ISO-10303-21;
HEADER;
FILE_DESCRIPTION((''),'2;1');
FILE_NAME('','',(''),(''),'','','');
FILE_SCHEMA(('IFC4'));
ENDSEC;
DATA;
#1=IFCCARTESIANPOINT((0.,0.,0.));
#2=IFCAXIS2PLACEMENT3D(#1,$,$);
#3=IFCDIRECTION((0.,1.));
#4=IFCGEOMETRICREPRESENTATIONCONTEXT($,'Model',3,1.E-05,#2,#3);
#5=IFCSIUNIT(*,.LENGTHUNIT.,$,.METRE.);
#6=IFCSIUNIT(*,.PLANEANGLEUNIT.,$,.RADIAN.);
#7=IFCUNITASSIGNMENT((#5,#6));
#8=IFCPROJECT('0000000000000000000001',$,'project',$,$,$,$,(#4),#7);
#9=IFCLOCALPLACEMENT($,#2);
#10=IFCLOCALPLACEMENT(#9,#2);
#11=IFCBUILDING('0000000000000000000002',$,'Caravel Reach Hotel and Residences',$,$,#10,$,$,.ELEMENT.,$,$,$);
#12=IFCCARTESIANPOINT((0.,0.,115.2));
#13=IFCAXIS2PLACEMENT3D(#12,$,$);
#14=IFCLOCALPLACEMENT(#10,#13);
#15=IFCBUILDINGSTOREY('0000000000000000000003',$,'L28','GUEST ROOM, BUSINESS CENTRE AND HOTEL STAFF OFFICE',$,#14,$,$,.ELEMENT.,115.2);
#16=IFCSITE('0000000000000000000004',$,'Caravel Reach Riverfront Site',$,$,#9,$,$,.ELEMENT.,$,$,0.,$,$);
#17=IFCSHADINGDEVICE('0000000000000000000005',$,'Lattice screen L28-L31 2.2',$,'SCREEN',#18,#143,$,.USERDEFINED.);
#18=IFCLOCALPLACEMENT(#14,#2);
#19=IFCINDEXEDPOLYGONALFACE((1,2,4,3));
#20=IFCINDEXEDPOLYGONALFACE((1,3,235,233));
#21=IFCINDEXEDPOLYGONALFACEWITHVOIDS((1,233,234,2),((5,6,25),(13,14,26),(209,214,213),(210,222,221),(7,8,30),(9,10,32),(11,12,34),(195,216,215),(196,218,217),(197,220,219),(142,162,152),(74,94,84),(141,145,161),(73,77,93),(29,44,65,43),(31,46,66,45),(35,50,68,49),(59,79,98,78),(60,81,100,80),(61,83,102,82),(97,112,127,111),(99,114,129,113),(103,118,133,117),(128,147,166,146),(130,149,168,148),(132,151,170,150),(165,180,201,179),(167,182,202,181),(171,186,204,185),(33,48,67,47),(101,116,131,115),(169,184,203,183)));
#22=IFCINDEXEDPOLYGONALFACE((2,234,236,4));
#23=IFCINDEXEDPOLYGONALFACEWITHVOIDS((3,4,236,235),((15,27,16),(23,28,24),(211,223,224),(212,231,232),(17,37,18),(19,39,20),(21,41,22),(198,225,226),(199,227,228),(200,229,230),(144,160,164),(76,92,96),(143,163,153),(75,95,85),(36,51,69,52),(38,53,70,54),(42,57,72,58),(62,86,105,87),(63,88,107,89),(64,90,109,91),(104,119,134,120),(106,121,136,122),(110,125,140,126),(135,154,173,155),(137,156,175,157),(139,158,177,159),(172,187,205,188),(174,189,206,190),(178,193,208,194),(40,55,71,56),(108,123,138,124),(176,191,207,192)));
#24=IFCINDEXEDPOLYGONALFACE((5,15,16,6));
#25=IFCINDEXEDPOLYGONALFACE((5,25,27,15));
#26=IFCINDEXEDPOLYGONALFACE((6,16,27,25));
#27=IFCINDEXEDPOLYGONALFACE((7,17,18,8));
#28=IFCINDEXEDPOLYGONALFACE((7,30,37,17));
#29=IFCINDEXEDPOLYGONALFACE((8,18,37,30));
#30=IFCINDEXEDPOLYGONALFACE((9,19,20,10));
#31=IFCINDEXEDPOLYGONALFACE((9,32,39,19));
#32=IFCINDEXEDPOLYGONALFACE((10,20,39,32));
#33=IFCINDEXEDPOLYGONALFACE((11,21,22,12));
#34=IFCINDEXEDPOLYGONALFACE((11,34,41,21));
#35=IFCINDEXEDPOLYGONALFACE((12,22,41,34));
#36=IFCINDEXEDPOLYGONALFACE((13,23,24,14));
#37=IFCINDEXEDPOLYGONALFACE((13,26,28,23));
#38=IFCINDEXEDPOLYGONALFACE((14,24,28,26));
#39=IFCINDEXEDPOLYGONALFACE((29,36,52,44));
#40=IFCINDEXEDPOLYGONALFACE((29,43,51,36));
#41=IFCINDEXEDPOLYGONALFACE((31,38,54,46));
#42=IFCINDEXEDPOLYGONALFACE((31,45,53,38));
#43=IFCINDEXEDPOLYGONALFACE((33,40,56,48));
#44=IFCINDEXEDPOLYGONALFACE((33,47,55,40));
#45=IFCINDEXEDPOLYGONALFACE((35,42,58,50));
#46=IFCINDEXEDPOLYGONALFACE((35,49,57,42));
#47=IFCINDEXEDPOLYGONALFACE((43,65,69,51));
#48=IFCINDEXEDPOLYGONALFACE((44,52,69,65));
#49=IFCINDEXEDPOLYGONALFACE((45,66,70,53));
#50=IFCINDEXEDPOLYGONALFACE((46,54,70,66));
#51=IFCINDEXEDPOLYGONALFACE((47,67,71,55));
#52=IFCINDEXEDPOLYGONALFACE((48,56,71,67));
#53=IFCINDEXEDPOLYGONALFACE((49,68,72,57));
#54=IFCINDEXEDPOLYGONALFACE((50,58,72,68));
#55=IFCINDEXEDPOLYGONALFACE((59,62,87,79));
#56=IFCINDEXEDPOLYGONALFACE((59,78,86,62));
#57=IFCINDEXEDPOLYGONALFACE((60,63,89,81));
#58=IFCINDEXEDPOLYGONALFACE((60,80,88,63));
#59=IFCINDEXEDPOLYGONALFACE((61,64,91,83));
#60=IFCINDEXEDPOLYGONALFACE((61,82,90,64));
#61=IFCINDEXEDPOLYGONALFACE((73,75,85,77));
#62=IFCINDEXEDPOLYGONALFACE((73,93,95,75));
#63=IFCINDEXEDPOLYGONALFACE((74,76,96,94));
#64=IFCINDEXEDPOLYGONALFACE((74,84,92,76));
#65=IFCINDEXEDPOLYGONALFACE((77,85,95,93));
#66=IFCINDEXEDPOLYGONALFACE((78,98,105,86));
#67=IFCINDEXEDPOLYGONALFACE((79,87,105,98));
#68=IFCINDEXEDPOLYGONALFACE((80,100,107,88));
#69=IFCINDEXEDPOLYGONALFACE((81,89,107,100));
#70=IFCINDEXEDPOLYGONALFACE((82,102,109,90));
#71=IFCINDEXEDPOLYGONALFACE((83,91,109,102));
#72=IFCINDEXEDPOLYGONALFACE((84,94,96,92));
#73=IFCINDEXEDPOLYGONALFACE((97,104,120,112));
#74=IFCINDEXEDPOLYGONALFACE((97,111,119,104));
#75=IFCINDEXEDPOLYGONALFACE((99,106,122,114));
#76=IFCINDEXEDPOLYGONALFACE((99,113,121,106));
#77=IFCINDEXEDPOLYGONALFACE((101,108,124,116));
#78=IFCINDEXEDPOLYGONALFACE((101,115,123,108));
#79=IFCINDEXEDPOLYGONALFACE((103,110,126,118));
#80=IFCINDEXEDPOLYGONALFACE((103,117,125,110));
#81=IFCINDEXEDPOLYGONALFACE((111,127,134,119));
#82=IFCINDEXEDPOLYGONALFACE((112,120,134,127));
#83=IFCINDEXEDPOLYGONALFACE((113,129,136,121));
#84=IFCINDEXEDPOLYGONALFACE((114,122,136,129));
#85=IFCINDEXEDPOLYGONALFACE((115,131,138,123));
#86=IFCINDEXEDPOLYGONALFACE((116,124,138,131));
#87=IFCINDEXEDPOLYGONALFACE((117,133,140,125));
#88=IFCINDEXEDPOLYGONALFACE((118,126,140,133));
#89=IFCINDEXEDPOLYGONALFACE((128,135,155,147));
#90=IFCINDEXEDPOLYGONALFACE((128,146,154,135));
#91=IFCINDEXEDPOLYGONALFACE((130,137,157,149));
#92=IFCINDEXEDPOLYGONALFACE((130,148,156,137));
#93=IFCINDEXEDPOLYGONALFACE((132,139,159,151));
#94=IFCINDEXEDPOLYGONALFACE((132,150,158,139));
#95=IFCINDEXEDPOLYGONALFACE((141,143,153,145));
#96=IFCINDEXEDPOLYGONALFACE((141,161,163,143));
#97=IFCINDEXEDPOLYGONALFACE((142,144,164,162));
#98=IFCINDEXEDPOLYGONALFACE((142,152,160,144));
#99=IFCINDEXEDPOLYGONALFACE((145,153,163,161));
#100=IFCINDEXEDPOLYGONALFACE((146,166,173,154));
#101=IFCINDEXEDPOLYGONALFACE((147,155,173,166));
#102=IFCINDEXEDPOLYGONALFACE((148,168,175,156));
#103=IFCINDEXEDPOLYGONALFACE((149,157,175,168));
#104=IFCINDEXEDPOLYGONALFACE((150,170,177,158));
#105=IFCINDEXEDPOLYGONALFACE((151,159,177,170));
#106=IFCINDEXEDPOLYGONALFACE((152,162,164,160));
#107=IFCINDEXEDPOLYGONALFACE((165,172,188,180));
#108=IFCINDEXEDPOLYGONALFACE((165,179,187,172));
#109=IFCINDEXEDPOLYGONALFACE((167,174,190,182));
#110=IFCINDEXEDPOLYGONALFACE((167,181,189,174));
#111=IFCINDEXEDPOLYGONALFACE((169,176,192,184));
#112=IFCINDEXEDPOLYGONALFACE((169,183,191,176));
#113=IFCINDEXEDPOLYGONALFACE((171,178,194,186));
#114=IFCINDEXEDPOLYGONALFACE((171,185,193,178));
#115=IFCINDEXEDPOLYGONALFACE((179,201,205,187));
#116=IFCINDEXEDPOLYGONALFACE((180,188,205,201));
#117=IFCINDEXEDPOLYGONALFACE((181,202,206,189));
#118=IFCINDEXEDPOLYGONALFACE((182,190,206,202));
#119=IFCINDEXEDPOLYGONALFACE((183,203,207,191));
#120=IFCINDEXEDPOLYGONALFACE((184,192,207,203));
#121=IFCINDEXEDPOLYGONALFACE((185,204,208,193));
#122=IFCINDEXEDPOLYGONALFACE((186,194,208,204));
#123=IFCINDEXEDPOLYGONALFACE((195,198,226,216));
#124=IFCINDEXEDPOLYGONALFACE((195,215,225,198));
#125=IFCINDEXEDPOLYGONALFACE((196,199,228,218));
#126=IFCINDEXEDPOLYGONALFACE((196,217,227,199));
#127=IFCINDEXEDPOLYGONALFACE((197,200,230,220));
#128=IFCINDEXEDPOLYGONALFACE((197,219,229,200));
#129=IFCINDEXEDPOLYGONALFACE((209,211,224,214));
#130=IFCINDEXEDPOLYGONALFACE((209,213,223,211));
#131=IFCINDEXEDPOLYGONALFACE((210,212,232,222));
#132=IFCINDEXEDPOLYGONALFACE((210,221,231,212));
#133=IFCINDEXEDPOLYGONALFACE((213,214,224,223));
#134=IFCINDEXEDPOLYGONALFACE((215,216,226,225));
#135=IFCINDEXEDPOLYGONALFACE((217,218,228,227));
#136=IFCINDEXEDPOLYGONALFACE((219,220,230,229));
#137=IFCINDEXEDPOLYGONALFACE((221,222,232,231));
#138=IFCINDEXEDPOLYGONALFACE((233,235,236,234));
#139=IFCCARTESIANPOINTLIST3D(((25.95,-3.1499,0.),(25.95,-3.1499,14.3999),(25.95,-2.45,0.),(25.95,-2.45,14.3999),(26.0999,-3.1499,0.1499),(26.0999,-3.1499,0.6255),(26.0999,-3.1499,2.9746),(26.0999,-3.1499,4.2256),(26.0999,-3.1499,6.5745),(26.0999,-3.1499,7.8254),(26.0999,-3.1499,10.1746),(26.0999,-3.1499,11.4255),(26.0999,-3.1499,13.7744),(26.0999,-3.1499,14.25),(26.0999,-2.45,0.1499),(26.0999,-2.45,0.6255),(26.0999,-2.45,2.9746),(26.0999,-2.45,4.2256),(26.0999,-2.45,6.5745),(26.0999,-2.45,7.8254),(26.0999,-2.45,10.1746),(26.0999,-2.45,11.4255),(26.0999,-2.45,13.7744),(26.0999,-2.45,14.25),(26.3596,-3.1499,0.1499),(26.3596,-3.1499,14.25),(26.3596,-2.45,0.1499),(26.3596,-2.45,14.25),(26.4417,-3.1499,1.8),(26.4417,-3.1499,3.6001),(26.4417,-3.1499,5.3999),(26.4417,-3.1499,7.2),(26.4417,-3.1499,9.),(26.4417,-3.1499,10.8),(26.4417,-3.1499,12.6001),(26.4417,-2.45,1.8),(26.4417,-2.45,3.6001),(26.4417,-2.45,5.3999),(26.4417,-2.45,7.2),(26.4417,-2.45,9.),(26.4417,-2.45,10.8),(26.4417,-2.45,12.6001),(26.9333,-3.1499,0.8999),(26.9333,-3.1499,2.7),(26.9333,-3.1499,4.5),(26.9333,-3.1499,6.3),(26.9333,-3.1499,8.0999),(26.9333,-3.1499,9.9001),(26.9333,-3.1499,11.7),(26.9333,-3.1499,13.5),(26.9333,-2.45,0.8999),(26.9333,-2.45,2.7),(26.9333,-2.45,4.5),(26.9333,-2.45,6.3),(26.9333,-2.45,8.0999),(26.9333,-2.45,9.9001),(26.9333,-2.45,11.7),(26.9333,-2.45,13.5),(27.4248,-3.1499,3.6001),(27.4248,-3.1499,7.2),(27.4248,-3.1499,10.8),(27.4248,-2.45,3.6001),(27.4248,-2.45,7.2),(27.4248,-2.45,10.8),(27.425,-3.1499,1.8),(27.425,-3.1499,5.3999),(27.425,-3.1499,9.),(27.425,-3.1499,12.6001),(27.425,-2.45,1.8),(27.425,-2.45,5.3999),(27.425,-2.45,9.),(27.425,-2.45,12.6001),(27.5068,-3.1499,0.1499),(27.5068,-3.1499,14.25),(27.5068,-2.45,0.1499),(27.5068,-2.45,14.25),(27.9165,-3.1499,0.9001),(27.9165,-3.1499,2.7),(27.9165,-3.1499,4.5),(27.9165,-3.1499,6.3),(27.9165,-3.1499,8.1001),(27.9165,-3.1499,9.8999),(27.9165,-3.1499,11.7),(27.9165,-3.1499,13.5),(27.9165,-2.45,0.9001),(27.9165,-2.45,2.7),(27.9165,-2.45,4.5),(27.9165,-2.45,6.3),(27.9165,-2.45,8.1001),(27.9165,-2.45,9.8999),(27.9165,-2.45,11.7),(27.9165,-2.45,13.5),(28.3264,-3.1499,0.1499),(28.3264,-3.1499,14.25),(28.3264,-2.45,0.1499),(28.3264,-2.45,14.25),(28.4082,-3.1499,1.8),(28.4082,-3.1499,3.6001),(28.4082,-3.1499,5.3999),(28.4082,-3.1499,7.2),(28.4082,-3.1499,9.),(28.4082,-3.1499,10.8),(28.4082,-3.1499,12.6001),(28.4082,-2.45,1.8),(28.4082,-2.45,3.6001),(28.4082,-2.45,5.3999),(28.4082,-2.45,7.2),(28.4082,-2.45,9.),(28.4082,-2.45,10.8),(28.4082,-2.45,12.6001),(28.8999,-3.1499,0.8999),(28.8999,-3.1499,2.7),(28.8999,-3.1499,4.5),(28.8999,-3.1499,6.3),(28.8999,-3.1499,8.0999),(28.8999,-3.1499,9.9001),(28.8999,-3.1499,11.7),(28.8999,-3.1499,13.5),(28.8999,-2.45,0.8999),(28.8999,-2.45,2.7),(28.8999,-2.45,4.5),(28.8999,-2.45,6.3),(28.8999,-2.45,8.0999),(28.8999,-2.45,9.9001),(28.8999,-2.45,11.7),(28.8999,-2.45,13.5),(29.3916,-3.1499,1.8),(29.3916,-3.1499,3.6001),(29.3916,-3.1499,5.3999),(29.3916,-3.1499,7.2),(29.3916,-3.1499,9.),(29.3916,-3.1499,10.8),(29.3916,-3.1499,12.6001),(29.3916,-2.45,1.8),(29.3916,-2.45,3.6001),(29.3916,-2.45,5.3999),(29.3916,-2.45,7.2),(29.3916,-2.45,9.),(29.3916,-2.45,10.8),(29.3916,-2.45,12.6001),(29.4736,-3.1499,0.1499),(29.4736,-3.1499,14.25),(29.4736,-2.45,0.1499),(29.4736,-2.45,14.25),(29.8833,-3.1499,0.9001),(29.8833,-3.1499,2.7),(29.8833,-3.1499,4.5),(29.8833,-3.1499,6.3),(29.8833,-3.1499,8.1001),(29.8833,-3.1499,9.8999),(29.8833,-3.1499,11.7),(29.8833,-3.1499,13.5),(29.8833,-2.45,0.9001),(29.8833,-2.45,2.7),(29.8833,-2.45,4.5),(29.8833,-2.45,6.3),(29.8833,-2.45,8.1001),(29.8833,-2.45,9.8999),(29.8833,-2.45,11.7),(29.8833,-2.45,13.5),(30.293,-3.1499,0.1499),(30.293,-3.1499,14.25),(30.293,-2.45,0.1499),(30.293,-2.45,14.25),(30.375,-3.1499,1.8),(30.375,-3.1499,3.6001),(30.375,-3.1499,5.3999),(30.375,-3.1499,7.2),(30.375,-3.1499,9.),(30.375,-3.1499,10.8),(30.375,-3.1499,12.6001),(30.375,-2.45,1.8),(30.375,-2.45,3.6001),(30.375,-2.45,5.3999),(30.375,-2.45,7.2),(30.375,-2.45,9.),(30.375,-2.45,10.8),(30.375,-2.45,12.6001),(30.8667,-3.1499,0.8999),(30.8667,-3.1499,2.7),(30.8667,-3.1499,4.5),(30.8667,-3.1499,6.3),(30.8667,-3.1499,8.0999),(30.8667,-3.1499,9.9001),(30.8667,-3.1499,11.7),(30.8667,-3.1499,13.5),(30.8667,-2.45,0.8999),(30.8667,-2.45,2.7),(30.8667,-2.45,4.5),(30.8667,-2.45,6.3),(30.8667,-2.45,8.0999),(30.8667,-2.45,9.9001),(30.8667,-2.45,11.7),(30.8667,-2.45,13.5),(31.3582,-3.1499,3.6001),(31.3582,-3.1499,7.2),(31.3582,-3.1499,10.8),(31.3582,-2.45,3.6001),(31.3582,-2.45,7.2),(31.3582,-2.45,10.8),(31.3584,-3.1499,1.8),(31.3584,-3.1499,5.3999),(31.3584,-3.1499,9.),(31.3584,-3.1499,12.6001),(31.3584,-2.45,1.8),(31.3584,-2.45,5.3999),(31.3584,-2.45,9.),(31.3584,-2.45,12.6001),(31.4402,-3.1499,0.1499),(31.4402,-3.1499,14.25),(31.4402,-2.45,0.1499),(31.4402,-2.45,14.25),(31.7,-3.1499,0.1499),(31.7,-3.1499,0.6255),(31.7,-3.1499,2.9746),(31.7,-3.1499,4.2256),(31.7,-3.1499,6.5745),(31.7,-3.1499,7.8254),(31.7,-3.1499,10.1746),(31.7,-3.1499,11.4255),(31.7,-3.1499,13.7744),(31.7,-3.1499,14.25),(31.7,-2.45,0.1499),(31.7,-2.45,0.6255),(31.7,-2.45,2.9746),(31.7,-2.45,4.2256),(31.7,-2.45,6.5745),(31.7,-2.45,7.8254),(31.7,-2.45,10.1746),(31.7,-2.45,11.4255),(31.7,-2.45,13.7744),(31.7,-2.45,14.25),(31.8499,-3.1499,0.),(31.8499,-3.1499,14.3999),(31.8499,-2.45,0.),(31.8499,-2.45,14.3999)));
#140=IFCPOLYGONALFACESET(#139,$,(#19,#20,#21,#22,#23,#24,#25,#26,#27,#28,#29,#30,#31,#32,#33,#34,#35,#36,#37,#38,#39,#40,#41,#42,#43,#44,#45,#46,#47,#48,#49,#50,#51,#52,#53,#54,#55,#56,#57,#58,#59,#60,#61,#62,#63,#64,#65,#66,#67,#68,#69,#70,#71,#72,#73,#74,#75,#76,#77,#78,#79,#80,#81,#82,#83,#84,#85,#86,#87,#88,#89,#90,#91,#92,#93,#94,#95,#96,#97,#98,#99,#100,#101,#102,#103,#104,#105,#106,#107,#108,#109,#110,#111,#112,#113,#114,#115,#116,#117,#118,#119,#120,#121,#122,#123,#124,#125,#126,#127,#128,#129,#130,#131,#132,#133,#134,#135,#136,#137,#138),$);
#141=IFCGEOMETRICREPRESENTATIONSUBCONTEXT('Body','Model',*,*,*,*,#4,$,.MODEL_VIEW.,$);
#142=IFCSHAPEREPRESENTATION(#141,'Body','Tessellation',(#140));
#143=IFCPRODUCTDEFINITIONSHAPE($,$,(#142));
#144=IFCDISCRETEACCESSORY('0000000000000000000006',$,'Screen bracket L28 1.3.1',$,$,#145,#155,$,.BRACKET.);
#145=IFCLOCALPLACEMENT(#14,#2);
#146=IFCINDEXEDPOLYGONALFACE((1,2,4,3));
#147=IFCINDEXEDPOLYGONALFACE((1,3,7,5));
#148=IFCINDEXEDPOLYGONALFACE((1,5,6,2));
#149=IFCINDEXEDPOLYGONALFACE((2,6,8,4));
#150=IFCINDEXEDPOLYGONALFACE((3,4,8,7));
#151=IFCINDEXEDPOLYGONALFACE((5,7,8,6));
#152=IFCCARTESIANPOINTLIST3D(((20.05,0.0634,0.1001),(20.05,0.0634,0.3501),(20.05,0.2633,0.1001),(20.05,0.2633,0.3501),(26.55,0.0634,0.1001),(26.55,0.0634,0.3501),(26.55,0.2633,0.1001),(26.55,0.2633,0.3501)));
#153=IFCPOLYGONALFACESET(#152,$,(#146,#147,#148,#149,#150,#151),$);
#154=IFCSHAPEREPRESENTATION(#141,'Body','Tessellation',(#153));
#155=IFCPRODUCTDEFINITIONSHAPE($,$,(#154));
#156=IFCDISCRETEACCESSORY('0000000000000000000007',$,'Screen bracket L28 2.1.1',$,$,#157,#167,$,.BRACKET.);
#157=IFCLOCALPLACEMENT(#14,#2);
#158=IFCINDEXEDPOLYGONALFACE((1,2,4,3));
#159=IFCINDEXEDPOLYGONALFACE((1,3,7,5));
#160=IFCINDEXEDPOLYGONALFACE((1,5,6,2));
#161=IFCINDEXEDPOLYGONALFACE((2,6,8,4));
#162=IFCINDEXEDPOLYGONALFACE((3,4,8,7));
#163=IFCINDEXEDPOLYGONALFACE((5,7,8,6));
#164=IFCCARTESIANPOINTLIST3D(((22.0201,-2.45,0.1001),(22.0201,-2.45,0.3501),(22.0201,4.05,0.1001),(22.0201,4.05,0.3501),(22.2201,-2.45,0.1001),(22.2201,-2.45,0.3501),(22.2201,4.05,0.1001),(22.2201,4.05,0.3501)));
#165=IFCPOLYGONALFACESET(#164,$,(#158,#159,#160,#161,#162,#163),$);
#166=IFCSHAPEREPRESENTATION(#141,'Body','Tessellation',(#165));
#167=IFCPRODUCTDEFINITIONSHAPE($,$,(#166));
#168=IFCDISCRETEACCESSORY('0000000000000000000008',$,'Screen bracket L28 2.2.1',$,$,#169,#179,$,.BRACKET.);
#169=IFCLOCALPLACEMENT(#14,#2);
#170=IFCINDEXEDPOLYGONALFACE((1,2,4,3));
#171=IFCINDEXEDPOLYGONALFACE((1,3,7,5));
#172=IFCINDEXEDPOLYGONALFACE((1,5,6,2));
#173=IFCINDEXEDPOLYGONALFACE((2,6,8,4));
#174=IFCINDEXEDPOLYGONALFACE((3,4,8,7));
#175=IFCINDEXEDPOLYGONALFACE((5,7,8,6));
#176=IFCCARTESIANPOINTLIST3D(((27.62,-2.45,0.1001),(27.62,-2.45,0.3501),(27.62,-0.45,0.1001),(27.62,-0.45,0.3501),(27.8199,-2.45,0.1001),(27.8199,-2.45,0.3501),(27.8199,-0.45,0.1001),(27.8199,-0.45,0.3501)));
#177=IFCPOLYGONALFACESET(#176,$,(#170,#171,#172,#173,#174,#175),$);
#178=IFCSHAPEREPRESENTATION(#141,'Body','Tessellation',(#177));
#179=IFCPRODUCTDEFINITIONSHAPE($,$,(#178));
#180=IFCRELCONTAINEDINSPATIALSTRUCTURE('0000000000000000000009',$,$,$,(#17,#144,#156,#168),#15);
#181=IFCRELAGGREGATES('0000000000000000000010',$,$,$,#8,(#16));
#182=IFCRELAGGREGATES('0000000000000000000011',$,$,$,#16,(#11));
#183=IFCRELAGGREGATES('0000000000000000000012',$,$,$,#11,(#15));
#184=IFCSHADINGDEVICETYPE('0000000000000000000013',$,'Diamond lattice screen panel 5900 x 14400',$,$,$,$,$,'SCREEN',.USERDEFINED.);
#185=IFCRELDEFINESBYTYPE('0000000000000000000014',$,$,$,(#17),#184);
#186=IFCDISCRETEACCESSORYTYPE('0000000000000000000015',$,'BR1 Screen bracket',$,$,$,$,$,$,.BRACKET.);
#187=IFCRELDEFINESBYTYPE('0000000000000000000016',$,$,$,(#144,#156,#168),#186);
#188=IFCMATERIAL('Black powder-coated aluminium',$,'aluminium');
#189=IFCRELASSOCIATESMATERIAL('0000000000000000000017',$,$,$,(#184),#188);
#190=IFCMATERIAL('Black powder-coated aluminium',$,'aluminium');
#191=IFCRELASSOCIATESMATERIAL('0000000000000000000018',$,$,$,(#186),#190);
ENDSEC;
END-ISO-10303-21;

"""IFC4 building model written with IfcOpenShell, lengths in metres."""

from ifc_helpers import new_model, si_unit, direction, frame, origin, origin_2d, place, context, subcontext, project, spatial, polyline, rectangle, outline, extrude, material, type_object, element, save


model = new_model("IFC4")

# Units and contexts
model_context = context("Model", 3, precision=1e-05, world=origin(), true_north=direction((0.0, 1.0)))
body_context = subcontext(model_context, "Body", "Model", "MODEL_VIEW")
ifc_project = project(units=[si_unit("LENGTHUNIT", "METRE"), si_unit("PLANEANGLEUNIT", "RADIAN")], contexts=[model_context])

# Site, building, storey
site_placement = place(None, origin())
site = spatial("IfcSite", under=ifc_project, at=site_placement, Name="Caravel Reach Riverfront Site", CompositionType="ELEMENT", RefElevation=0.0)
building_placement = place(site_placement, origin())
building = spatial("IfcBuilding", under=site, at=building_placement, Name="Caravel Reach Hotel and Residences", CompositionType="ELEMENT")
storey_placement = place(building_placement, frame((0.0, 0.0, 115.2)))
storey = spatial("IfcBuildingStorey", under=building, at=storey_placement, Name="L28", Description="GUEST ROOM, BUSINESS CENTRE AND HOTEL STAFF OFFICE", CompositionType="ELEMENT", Elevation=115.2)

# Shading device
ifc_material_1 = material(Name="Black powder-coated aluminium", Category="aluminium")
shading_device_type_1 = type_object("IfcShadingDeviceType", Name="Diamond lattice screen panel 5900 x 14400", ElementType="SCREEN", PredefinedType="USERDEFINED", material=ifc_material_1)
shading_device_1_placement = place(storey_placement, frame((25.95, -2.45, 0.0), z_axis=(0.0, -1.0, 0.0), x_axis=(1.0, 0.0, 0.0)))
element("IfcShadingDevice", 1, at=shading_device_1_placement, inside=storey, type_object=shading_device_type_1, Name="Lattice screen L28-L31 2.2", ObjectType="SCREEN", PredefinedType="USERDEFINED", context=body_context, shape_type="SweptSolid", body=[
    extrude(outline(polyline([(0.0, 0.0), (5.8999, 0.0), (5.8999, 14.3999), (0.0, 14.3999), (0.0, 0.0)]), holes=[polyline([(0.4097, 0.1499), (0.1499, 0.6255), (0.1499, 0.1499), (0.4097, 0.1499)]), polyline([(0.4917, 3.6001), (0.1499, 4.2256), (0.1499, 2.9746), (0.4917, 3.6001)]), polyline([(0.4917, 7.2), (0.1499, 7.8254), (0.1499, 6.5745), (0.4917, 7.2)]), polyline([(0.4917, 10.8), (0.1499, 11.4255), (0.1499, 10.1746), (0.4917, 10.8)]), polyline([(0.1499, 13.7744), (0.4097, 14.25), (0.1499, 14.25), (0.1499, 13.7744)]), polyline([(0.9834, 2.7), (0.4917, 1.8), (0.9834, 0.8999), (1.4751, 1.8), (0.9834, 2.7)]), polyline([(0.9834, 6.3), (0.4917, 5.3999), (0.9834, 4.5), (1.4751, 5.3999), (0.9834, 6.3)]), polyline([(0.9834, 9.9001), (0.4917, 9.0), (0.9834, 8.0999), (1.4751, 9.0), (0.9834, 9.9001)]), polyline([(0.9834, 13.5), (0.4917, 12.6001), (0.9834, 11.7), (1.4751, 12.6001), (0.9834, 13.5)]), polyline([(1.9666, 0.9001), (1.5569, 0.1499), (2.3765, 0.1499), (1.9666, 0.9001)]), polyline([(1.9666, 4.5), (1.4749, 3.6001), (1.9666, 2.7), (2.4583, 3.6001), (1.9666, 4.5)]), polyline([(1.9666, 8.1001), (1.4749, 7.2), (1.9666, 6.3), (2.4583, 7.2), (1.9666, 8.1001)]), polyline([(1.9666, 11.7), (1.4749, 10.8), (1.9666, 9.8999), (2.4583, 10.8), (1.9666, 11.7)]), polyline([(1.9666, 13.5), (2.3765, 14.25), (1.5569, 14.25), (1.9666, 13.5)]), polyline([(2.95, 2.7), (2.4583, 1.8), (2.95, 0.8999), (3.4417, 1.8), (2.95, 2.7)]), polyline([(2.95, 6.3), (2.4583, 5.3999), (2.95, 4.5), (3.4417, 5.3999), (2.95, 6.3)]), polyline([(2.95, 9.9001), (2.4583, 9.0), (2.95, 8.0999), (3.4417, 9.0), (2.95, 9.9001)]), polyline([(2.95, 13.5), (2.4583, 12.6001), (2.95, 11.7), (3.4417, 12.6001), (2.95, 13.5)]), polyline([(3.9333, 0.9001), (3.5237, 0.1499), (4.343, 0.1499), (3.9333, 0.9001)]), polyline([(3.9333, 4.5), (3.4417, 3.6001), (3.9333, 2.7), (4.425, 3.6001), (3.9333, 4.5)]), polyline([(3.9333, 8.1001), (3.4417, 7.2), (3.9333, 6.3), (4.425, 7.2), (3.9333, 8.1001)]), polyline([(3.9333, 11.7), (3.4417, 10.8), (3.9333, 9.8999), (4.425, 10.8), (3.9333, 11.7)]), polyline([(3.9333, 13.5), (4.343, 14.25), (3.5237, 14.25), (3.9333, 13.5)]), polyline([(4.9167, 2.7), (4.425, 1.8), (4.9167, 0.8999), (5.4084, 1.8), (4.9167, 2.7)]), polyline([(4.9167, 6.3), (4.425, 5.3999), (4.9167, 4.5), (5.4084, 5.3999), (4.9167, 6.3)]), polyline([(4.9167, 9.9001), (4.425, 9.0), (4.9167, 8.0999), (5.4084, 9.0), (4.9167, 9.9001)]), polyline([(4.9167, 13.5), (4.425, 12.6001), (4.9167, 11.7), (5.4084, 12.6001), (4.9167, 13.5)]), polyline([(5.75, 0.6255), (5.4902, 0.1499), (5.75, 0.1499), (5.75, 0.6255)]), polyline([(5.4082, 3.6001), (5.75, 2.9746), (5.75, 4.2256), (5.4082, 3.6001)]), polyline([(5.4082, 7.2), (5.75, 6.5745), (5.75, 7.8254), (5.4082, 7.2)]), polyline([(5.4082, 10.8), (5.75, 10.1746), (5.75, 11.4255), (5.4082, 10.8)]), polyline([(5.4902, 14.25), (5.75, 13.7744), (5.75, 14.25), (5.4902, 14.25)])]), origin(), (0.0, 0.0, 1.0), 0.7),
])

# Discrete accessories
ifc_material_2 = material(Name="Black powder-coated aluminium", Category="aluminium")
discrete_accessory_type = type_object("IfcDiscreteAccessoryType", Name="BR1 Screen bracket", PredefinedType="BRACKET", material=ifc_material_2)
for number, where, z_axis, x_axis, name in (
    (2, (23.3, 0.1633, 0.1001), (0.0, 0.0, 1.0), (-1.0, 0.0, 0.0), "Screen bracket L28 1.3.1"),
    (3, (22.1201, 0.8, 0.1001), (0.0, 0.0, 1.0), (0.0, -1.0, 0.0), "Screen bracket L28 2.1.1"),
):
    element("IfcDiscreteAccessory", number, at=place(storey_placement, frame(where, z_axis=z_axis, x_axis=x_axis)), inside=storey, type_object=discrete_accessory_type, Name=name, PredefinedType="BRACKET", context=body_context, shape_type="SweptSolid", body=[
        extrude(rectangle(XDim=6.5, YDim=0.2, at=origin_2d()), origin(), (0.0, 0.0, 1.0), 0.25),
    ])
discrete_accessory_placement = place(storey_placement, frame((27.72, -1.45, 0.1001), z_axis=(0.0, 0.0, 1.0), x_axis=(0.0, -1.0, 0.0)))
element("IfcDiscreteAccessory", 4, at=discrete_accessory_placement, inside=storey, type_object=discrete_accessory_type, Name="Screen bracket L28 2.2.1", PredefinedType="BRACKET", context=body_context, shape_type="SweptSolid", body=[
    extrude(rectangle(XDim=2.0, YDim=0.2, at=origin_2d()), origin(), (0.0, 0.0, 1.0), 0.25),
])

save(model, "model.ifc")
